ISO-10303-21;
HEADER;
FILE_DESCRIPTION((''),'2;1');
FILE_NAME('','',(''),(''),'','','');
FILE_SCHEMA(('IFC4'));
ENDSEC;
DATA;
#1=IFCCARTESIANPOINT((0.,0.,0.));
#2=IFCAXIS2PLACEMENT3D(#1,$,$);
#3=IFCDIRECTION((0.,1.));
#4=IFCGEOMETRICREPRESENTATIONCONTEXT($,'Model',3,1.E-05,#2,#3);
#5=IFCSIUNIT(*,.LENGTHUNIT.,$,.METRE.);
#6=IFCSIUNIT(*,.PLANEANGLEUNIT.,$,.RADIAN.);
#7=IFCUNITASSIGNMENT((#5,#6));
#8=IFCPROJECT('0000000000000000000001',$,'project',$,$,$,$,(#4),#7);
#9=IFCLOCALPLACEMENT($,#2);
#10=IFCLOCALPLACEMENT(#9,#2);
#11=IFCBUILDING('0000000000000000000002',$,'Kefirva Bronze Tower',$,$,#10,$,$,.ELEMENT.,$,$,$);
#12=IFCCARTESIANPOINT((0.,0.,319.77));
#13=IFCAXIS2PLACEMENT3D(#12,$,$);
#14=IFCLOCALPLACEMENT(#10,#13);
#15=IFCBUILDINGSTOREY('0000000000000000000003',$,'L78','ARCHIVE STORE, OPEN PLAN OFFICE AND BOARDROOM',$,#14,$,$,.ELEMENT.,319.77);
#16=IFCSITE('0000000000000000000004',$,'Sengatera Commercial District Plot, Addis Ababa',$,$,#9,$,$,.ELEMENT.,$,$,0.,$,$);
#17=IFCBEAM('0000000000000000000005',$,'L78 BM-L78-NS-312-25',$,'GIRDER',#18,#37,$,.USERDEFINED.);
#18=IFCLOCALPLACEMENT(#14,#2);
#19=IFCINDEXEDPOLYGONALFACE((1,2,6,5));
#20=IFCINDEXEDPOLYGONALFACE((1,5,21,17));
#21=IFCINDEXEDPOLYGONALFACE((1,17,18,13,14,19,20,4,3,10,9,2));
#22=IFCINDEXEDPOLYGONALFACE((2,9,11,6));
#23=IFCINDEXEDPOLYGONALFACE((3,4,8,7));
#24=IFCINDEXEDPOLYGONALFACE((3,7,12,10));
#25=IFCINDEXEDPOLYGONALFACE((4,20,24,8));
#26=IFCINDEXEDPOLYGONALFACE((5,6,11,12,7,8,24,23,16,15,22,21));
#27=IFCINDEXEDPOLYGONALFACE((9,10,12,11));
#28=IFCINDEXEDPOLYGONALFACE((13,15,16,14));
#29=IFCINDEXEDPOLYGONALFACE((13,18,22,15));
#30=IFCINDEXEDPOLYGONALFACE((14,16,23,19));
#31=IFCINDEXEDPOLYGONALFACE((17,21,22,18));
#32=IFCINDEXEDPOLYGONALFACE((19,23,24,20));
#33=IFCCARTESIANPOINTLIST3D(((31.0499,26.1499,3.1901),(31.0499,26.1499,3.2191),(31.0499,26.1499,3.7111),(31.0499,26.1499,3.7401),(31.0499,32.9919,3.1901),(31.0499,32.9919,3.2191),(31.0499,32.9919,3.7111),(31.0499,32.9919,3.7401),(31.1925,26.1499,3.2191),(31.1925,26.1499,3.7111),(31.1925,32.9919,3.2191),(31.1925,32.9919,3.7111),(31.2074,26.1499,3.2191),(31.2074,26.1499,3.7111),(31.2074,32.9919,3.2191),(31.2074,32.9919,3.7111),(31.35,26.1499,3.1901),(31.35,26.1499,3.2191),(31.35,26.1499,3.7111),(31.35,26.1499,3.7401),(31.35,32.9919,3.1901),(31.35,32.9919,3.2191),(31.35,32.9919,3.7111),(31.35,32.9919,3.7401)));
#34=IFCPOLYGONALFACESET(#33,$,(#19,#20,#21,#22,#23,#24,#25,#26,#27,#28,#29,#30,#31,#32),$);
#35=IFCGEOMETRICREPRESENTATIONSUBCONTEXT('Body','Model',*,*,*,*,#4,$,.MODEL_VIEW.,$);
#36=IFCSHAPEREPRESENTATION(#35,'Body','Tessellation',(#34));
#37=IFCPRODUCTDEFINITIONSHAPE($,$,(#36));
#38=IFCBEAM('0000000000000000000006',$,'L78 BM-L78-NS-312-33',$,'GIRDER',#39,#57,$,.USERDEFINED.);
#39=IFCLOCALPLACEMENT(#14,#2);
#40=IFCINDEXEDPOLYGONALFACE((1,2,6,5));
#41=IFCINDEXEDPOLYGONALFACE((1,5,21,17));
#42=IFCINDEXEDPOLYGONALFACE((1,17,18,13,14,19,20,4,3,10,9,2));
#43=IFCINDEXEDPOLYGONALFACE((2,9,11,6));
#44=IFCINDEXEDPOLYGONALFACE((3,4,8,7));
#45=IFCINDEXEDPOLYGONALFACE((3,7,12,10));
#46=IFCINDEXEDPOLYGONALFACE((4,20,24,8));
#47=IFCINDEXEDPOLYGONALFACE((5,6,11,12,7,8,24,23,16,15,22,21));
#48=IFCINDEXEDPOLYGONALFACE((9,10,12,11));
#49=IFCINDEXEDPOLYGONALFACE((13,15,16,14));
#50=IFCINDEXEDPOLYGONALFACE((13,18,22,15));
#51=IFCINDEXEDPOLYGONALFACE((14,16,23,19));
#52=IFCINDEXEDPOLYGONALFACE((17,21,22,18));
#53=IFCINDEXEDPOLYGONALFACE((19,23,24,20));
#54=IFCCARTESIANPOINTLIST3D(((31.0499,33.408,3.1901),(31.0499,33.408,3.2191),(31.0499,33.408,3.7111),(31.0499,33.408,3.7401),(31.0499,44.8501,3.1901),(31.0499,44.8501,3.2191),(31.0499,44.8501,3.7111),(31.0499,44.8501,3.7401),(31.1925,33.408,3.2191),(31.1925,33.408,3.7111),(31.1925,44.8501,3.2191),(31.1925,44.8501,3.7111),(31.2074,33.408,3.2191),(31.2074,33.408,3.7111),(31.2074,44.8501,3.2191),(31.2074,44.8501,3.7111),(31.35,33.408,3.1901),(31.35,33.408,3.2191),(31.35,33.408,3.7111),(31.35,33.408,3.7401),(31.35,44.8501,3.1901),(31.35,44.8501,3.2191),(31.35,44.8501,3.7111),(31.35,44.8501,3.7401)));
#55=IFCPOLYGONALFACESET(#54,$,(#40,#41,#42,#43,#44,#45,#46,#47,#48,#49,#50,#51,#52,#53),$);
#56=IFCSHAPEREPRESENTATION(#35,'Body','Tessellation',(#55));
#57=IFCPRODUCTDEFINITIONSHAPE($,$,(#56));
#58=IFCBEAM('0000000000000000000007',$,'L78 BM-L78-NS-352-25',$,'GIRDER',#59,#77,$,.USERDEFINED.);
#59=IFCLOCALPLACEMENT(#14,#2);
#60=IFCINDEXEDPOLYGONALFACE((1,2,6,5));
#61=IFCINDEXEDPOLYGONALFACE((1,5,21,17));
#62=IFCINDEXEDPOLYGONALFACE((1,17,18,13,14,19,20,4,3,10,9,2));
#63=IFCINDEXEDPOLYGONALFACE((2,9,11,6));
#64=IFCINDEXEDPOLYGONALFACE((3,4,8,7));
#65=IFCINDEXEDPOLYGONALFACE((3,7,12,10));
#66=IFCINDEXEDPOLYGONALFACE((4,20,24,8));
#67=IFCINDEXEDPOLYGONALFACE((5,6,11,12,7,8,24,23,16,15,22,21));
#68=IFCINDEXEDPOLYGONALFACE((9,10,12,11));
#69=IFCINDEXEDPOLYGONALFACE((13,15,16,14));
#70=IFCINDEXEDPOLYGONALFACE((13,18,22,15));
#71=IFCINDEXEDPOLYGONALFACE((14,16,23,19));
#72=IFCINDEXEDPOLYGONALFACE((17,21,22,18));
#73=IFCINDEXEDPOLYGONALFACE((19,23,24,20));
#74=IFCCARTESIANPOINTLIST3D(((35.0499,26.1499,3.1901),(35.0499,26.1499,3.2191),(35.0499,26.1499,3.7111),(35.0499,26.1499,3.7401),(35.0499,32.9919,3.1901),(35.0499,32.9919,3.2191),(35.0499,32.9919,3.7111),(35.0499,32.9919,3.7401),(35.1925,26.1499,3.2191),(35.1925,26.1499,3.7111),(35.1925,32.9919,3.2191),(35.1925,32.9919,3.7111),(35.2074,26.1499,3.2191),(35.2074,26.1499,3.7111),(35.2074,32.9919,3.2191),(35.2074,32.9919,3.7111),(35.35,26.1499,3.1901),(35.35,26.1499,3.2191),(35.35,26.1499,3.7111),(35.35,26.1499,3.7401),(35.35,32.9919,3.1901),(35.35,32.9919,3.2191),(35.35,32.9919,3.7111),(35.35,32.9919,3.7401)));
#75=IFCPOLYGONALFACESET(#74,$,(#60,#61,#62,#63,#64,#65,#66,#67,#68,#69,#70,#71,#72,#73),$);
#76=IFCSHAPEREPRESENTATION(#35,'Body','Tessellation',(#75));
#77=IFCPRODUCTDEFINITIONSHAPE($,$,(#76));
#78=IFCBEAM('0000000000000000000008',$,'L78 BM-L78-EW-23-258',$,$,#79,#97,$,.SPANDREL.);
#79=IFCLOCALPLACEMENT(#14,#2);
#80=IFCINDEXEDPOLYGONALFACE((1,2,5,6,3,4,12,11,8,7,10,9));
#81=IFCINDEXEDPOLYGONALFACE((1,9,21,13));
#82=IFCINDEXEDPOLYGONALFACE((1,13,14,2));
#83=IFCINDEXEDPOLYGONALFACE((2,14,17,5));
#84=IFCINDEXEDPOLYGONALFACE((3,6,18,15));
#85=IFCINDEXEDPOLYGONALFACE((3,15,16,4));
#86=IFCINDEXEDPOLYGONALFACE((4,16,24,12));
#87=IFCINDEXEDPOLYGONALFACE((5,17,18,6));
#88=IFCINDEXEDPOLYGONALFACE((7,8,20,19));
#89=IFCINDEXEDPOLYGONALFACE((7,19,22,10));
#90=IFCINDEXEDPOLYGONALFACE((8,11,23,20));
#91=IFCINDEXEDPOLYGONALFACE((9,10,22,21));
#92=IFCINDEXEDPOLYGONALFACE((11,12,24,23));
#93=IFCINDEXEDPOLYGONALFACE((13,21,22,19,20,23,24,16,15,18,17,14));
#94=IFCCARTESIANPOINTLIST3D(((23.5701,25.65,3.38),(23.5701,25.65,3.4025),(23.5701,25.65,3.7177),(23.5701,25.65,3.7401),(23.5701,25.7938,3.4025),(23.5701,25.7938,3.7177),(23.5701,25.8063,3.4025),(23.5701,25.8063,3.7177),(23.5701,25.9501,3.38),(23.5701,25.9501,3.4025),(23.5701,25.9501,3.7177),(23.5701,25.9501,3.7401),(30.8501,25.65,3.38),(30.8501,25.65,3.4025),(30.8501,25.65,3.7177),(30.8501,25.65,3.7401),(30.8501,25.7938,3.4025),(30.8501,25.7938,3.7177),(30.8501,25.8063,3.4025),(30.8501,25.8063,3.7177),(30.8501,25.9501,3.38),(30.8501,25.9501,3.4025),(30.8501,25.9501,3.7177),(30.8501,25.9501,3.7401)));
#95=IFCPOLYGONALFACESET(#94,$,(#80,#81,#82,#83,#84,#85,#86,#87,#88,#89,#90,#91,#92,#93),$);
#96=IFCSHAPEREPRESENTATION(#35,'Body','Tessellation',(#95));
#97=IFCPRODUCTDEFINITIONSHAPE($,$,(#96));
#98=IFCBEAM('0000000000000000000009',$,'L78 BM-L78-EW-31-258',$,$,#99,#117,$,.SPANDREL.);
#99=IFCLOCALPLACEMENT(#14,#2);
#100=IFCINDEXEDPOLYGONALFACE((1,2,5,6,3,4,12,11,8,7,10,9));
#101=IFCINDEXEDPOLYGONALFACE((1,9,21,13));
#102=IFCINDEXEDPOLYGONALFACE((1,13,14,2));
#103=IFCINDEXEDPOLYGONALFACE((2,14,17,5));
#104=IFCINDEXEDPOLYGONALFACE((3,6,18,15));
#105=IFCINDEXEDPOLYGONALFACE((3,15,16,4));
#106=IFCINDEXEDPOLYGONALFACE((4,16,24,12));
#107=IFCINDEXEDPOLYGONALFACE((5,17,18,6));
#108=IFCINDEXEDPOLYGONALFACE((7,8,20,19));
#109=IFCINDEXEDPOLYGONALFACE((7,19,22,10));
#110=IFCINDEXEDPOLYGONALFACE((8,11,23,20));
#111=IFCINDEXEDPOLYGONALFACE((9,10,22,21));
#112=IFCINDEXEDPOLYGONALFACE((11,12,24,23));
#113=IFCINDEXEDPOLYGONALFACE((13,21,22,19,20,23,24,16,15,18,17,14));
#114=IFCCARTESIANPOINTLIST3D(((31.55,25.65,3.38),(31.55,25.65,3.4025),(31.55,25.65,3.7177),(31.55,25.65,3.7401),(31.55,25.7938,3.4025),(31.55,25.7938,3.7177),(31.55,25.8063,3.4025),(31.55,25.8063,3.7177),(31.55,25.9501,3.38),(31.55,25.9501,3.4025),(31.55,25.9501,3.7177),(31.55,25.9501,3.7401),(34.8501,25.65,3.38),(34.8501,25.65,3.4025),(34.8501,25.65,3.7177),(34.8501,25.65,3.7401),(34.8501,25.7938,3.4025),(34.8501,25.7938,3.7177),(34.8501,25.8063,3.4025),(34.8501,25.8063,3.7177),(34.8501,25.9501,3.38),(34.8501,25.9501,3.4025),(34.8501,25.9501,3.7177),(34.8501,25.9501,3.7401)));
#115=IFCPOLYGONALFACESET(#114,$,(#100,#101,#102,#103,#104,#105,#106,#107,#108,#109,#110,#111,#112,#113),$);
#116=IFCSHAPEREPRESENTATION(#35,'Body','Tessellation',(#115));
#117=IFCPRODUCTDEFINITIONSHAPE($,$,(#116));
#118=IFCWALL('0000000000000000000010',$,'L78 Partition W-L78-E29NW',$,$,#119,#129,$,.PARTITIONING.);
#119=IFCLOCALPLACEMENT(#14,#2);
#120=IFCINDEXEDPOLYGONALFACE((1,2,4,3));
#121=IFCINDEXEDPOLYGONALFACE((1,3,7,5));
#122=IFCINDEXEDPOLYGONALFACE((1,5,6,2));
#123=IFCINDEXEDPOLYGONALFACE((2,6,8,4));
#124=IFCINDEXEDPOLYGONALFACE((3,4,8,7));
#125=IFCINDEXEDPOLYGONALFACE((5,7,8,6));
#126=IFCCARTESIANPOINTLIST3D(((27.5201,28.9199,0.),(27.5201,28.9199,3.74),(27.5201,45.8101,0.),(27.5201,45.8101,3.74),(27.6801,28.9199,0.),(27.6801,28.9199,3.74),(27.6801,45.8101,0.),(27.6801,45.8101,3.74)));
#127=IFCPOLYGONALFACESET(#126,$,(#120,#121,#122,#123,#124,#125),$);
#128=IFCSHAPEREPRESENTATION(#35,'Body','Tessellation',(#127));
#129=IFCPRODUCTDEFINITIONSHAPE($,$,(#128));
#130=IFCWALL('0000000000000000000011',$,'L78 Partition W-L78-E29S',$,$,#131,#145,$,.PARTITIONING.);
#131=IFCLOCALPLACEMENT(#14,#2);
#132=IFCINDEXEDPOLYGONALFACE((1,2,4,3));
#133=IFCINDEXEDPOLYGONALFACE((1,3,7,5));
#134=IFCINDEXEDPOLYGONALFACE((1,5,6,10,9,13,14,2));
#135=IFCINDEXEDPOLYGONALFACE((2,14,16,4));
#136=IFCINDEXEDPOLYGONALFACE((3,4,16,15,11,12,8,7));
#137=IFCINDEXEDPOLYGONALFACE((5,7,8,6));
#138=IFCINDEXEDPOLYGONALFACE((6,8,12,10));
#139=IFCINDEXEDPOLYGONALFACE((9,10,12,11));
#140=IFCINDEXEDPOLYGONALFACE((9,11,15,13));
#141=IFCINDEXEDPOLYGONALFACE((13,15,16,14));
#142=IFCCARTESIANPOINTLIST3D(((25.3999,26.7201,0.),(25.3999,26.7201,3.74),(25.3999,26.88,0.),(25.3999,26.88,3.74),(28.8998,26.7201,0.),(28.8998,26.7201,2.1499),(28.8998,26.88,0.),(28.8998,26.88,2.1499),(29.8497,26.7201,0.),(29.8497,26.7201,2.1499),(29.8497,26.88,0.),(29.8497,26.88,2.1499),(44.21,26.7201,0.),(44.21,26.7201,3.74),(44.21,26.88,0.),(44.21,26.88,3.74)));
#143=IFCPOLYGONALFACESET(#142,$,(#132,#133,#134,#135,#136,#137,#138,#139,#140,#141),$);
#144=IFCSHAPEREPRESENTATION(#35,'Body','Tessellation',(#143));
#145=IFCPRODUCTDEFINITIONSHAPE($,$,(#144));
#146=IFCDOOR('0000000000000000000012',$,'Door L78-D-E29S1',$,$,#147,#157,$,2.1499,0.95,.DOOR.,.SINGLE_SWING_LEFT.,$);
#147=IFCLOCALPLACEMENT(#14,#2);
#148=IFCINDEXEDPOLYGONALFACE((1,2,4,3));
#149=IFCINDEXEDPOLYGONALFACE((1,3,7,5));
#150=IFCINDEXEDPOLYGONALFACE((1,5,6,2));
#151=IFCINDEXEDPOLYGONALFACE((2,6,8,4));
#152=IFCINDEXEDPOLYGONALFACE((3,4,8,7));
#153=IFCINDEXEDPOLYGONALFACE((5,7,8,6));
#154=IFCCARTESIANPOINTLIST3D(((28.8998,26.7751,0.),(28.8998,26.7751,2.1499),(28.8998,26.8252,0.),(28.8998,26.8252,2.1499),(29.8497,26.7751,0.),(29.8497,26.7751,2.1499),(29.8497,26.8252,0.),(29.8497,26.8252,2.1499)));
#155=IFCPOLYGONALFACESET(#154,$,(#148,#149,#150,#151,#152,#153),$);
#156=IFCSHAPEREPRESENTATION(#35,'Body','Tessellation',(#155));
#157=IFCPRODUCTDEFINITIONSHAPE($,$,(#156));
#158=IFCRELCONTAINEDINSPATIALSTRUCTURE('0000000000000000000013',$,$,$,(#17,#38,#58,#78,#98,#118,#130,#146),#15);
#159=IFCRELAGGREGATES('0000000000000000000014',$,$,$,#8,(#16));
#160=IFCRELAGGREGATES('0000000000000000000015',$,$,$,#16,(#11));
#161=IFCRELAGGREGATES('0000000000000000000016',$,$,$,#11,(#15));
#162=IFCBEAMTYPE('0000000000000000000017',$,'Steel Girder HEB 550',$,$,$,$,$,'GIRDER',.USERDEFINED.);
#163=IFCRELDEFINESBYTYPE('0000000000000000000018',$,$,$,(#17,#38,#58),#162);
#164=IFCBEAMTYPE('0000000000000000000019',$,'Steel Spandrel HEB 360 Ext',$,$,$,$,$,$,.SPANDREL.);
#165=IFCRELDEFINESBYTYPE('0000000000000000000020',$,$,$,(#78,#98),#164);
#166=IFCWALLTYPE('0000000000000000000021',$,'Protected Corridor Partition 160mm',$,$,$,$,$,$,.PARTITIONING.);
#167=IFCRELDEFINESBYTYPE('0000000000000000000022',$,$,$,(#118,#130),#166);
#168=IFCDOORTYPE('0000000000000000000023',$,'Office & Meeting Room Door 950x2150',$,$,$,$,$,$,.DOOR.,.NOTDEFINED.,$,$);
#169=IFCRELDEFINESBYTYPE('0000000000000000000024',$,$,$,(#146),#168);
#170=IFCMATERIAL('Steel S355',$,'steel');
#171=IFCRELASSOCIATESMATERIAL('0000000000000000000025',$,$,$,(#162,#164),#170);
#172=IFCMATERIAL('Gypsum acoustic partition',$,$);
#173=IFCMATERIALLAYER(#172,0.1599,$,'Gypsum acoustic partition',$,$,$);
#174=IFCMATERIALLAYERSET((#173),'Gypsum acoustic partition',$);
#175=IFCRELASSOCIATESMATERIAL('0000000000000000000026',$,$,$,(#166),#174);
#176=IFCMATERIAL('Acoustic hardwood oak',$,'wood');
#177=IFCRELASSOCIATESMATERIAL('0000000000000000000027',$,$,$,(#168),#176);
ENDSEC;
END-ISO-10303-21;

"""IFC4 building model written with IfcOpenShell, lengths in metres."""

from ifc_helpers import new_model, si_unit, direction, frame, frame_2d, origin, origin_2d, place, context, subcontext, project, spatial, rectangle, i_section, extrude, material, layer, layer_set, material_profile, profile_set, type_object, element, fill, save


model = new_model("IFC4")

# Units and contexts
model_context = context("Model", 3, precision=1e-05, world=origin(), true_north=direction((0.0, 1.0)))
body_context = subcontext(model_context, "Body", "Model", "MODEL_VIEW")
ifc_project = project(units=[si_unit("LENGTHUNIT", "METRE"), si_unit("PLANEANGLEUNIT", "RADIAN")], contexts=[model_context])

# Site, building, storey
site_placement = place(None, origin())
site = spatial("IfcSite", under=ifc_project, at=site_placement, Name="Sengatera Commercial District Plot, Addis Ababa", CompositionType="ELEMENT", RefElevation=0.0)
building_placement = place(site_placement, origin())
building = spatial("IfcBuilding", under=site, at=building_placement, Name="Kefirva Bronze Tower", CompositionType="ELEMENT")
storey_placement = place(building_placement, frame((0.0, 0.0, 319.77)))
storey = spatial("IfcBuildingStorey", under=building, at=storey_placement, Name="L78", Description="ARCHIVE STORE, OPEN PLAN OFFICE AND BOARDROOM", CompositionType="ELEMENT", Elevation=319.77)

# Beams
ifc_material_1 = material(Name="Steel S355", Category="steel")
ifc_material_profile_1 = material_profile(ifc_material_1, i_section(OverallWidth=0.3, OverallDepth=0.55, WebThickness=0.0149, FlangeThickness=0.0291, at=origin_2d()), Name="HEB 550")
ifc_profile_set_1 = profile_set([ifc_material_profile_1], Name="Steel S355")
beam_type_1 = type_object("IfcBeamType", Name="Steel Girder HEB 550", ElementType="GIRDER", PredefinedType="USERDEFINED", material=ifc_profile_set_1)
beam_1_placement = place(storey_placement, frame((31.2, 26.1499, 3.4651), z_axis=(0.0, 1.0, 0.0), x_axis=(-1.0, 0.0, 0.0)))
element("IfcBeam", 1, at=beam_1_placement, inside=storey, type_object=beam_type_1, Name="L78 BM-L78-NS-312-25", ObjectType="GIRDER", PredefinedType="USERDEFINED", context=body_context, shape_type="SweptSolid", body=[
    extrude(i_section(OverallWidth=0.3, OverallDepth=0.55, WebThickness=0.0149, FlangeThickness=0.0291, at=origin_2d()), origin(), (0.0, 0.0, 1.0), 6.842),
])
beam_2_placement = place(storey_placement, frame((31.2, 33.408, 3.4651), z_axis=(0.0, 1.0, 0.0), x_axis=(-1.0, 0.0, 0.0)))
element("IfcBeam", 2, at=beam_2_placement, inside=storey, type_object=beam_type_1, Name="L78 BM-L78-NS-312-33", ObjectType="GIRDER", PredefinedType="USERDEFINED", context=body_context, shape_type="SweptSolid", body=[
    extrude(i_section(OverallWidth=0.3, OverallDepth=0.55, WebThickness=0.0149, FlangeThickness=0.0291, at=origin_2d()), origin(), (0.0, 0.0, 1.0), 11.4421),
])
beam_3_placement = place(storey_placement, frame((35.2, 26.1499, 3.4651), z_axis=(0.0, 1.0, 0.0), x_axis=(-1.0, 0.0, 0.0)))
element("IfcBeam", 3, at=beam_3_placement, inside=storey, type_object=beam_type_1, Name="L78 BM-L78-NS-352-25", ObjectType="GIRDER", PredefinedType="USERDEFINED", context=body_context, shape_type="SweptSolid", body=[
    extrude(i_section(OverallWidth=0.3, OverallDepth=0.55, WebThickness=0.0149, FlangeThickness=0.0291, at=origin_2d()), origin(), (0.0, 0.0, 1.0), 6.842),
])
ifc_material_profile_2 = material_profile(ifc_material_1, i_section(OverallWidth=0.3, OverallDepth=0.3601, WebThickness=0.0125, FlangeThickness=0.0225, at=origin_2d()), Name="HEB 360")
ifc_profile_set_2 = profile_set([ifc_material_profile_2], Name="Steel S355")
beam_type_2 = type_object("IfcBeamType", Name="Steel Spandrel HEB 360 Ext", PredefinedType="SPANDREL", material=ifc_profile_set_2)
beam_4_placement = place(storey_placement, frame((23.5701, 25.8, 3.5601), z_axis=(1.0, 0.0, 0.0), x_axis=(0.0, 1.0, 0.0)))
element("IfcBeam", 4, at=beam_4_placement, inside=storey, type_object=beam_type_2, Name="L78 BM-L78-EW-23-258", PredefinedType="SPANDREL", context=body_context, shape_type="SweptSolid", body=[
    extrude(i_section(OverallWidth=0.3, OverallDepth=0.3601, WebThickness=0.0125, FlangeThickness=0.0225, at=origin_2d()), origin(), (0.0, 0.0, 1.0), 7.28),
])
beam_5_placement = place(storey_placement, frame((31.55, 25.8, 3.5601), z_axis=(1.0, 0.0, 0.0), x_axis=(0.0, 1.0, 0.0)))
element("IfcBeam", 5, at=beam_5_placement, inside=storey, type_object=beam_type_2, Name="L78 BM-L78-EW-31-258", PredefinedType="SPANDREL", context=body_context, shape_type="SweptSolid", body=[
    extrude(i_section(OverallWidth=0.3, OverallDepth=0.3601, WebThickness=0.0125, FlangeThickness=0.0225, at=origin_2d()), origin(), (0.0, 0.0, 1.0), 3.3),
])

# Shared definitions
ifc_material_2 = material(Name="Gypsum acoustic partition")
ifc_layer = layer(ifc_material_2, 0.1599, Name="Gypsum acoustic partition")
ifc_layer_set = layer_set([ifc_layer], Name="Gypsum acoustic partition")
wall_type = type_object("IfcWallType", Name="Protected Corridor Partition 160mm", PredefinedType="PARTITIONING", material=ifc_layer_set)
ifc_material_3 = material(Name="Acoustic hardwood oak", Category="wood")
door_type_1 = type_object("IfcDoorType", Name="Office & Meeting Room Door 950x2150", OperationType="NOTDEFINED", PredefinedType="DOOR", material=ifc_material_3)

# Wall
wall_1_placement = place(storey_placement, frame((27.6001, 28.9199, 0.0), z_axis=(0.0, 0.0, 1.0), x_axis=(0.0, 1.0, 0.0)))
element("IfcWall", 6, at=wall_1_placement, inside=storey, type_object=wall_type, Name="L78 Partition W-L78-E29NW", PredefinedType="PARTITIONING", context=body_context, shape_type="SweptSolid", body=[
    extrude(rectangle(XDim=16.8901, YDim=0.1599, at=frame_2d((8.4451, 0.0))), origin(), (0.0, 0.0, 1.0), 3.74),
])

# Wall, opening, door
wall_2_placement = place(storey_placement, frame((25.3999, 26.8, 0.0), z_axis=(0.0, 0.0, 1.0), x_axis=(1.0, 0.0, 0.0)))
wall_2 = element("IfcWall", 7, at=wall_2_placement, inside=storey, type_object=wall_type, Name="L78 Partition W-L78-E29S", PredefinedType="PARTITIONING", context=body_context, shape_type="SweptSolid", body=[
    extrude(rectangle(XDim=18.8101, YDim=0.1599, at=frame_2d((9.405, 0.0))), origin(), (0.0, 0.0, 1.0), 3.74),
])
opening_1_placement = place(wall_2_placement, frame((4.45, 0.0, 0.0), z_axis=(0.0, 0.0, 1.0), x_axis=(-1.0, 0.0, 0.0)))
opening_1 = element("IfcOpeningElement", 8, at=opening_1_placement, cuts=wall_2, PredefinedType="OPENING", context=body_context, shape_type="SweptSolid", body=[
    extrude(rectangle(XDim=0.95, YDim=2.1499, at=frame_2d((0.4751, 1.075))), frame((0.0, 0.0898, 0.0), z_axis=(0.0, -1.0, 0.0), x_axis=(1.0, 0.0, 0.0)), (0.0, 0.0, 1.0), 0.1799),
])
door_1_placement = place(opening_1_placement, origin())
door_1 = element("IfcDoor", 9, at=door_1_placement, inside=storey, type_object=door_type_1, Name="Door L78-D-E29S1", OperationType="SINGLE_SWING_LEFT", OverallHeight=2.1499, OverallWidth=0.95, PredefinedType="DOOR", context=body_context, shape_type="SweptSolid", body=[
    extrude(rectangle(XDim=0.95, YDim=2.1499, at=frame_2d((0.4751, 1.075))), frame((0.0, 0.0249, 0.0), z_axis=(0.0, -1.0, 0.0), x_axis=(1.0, 0.0, 0.0)), (0.0, 0.0, 1.0), 0.05),
])
fill(opening_1, door_1)

save(model, "model.ifc")
